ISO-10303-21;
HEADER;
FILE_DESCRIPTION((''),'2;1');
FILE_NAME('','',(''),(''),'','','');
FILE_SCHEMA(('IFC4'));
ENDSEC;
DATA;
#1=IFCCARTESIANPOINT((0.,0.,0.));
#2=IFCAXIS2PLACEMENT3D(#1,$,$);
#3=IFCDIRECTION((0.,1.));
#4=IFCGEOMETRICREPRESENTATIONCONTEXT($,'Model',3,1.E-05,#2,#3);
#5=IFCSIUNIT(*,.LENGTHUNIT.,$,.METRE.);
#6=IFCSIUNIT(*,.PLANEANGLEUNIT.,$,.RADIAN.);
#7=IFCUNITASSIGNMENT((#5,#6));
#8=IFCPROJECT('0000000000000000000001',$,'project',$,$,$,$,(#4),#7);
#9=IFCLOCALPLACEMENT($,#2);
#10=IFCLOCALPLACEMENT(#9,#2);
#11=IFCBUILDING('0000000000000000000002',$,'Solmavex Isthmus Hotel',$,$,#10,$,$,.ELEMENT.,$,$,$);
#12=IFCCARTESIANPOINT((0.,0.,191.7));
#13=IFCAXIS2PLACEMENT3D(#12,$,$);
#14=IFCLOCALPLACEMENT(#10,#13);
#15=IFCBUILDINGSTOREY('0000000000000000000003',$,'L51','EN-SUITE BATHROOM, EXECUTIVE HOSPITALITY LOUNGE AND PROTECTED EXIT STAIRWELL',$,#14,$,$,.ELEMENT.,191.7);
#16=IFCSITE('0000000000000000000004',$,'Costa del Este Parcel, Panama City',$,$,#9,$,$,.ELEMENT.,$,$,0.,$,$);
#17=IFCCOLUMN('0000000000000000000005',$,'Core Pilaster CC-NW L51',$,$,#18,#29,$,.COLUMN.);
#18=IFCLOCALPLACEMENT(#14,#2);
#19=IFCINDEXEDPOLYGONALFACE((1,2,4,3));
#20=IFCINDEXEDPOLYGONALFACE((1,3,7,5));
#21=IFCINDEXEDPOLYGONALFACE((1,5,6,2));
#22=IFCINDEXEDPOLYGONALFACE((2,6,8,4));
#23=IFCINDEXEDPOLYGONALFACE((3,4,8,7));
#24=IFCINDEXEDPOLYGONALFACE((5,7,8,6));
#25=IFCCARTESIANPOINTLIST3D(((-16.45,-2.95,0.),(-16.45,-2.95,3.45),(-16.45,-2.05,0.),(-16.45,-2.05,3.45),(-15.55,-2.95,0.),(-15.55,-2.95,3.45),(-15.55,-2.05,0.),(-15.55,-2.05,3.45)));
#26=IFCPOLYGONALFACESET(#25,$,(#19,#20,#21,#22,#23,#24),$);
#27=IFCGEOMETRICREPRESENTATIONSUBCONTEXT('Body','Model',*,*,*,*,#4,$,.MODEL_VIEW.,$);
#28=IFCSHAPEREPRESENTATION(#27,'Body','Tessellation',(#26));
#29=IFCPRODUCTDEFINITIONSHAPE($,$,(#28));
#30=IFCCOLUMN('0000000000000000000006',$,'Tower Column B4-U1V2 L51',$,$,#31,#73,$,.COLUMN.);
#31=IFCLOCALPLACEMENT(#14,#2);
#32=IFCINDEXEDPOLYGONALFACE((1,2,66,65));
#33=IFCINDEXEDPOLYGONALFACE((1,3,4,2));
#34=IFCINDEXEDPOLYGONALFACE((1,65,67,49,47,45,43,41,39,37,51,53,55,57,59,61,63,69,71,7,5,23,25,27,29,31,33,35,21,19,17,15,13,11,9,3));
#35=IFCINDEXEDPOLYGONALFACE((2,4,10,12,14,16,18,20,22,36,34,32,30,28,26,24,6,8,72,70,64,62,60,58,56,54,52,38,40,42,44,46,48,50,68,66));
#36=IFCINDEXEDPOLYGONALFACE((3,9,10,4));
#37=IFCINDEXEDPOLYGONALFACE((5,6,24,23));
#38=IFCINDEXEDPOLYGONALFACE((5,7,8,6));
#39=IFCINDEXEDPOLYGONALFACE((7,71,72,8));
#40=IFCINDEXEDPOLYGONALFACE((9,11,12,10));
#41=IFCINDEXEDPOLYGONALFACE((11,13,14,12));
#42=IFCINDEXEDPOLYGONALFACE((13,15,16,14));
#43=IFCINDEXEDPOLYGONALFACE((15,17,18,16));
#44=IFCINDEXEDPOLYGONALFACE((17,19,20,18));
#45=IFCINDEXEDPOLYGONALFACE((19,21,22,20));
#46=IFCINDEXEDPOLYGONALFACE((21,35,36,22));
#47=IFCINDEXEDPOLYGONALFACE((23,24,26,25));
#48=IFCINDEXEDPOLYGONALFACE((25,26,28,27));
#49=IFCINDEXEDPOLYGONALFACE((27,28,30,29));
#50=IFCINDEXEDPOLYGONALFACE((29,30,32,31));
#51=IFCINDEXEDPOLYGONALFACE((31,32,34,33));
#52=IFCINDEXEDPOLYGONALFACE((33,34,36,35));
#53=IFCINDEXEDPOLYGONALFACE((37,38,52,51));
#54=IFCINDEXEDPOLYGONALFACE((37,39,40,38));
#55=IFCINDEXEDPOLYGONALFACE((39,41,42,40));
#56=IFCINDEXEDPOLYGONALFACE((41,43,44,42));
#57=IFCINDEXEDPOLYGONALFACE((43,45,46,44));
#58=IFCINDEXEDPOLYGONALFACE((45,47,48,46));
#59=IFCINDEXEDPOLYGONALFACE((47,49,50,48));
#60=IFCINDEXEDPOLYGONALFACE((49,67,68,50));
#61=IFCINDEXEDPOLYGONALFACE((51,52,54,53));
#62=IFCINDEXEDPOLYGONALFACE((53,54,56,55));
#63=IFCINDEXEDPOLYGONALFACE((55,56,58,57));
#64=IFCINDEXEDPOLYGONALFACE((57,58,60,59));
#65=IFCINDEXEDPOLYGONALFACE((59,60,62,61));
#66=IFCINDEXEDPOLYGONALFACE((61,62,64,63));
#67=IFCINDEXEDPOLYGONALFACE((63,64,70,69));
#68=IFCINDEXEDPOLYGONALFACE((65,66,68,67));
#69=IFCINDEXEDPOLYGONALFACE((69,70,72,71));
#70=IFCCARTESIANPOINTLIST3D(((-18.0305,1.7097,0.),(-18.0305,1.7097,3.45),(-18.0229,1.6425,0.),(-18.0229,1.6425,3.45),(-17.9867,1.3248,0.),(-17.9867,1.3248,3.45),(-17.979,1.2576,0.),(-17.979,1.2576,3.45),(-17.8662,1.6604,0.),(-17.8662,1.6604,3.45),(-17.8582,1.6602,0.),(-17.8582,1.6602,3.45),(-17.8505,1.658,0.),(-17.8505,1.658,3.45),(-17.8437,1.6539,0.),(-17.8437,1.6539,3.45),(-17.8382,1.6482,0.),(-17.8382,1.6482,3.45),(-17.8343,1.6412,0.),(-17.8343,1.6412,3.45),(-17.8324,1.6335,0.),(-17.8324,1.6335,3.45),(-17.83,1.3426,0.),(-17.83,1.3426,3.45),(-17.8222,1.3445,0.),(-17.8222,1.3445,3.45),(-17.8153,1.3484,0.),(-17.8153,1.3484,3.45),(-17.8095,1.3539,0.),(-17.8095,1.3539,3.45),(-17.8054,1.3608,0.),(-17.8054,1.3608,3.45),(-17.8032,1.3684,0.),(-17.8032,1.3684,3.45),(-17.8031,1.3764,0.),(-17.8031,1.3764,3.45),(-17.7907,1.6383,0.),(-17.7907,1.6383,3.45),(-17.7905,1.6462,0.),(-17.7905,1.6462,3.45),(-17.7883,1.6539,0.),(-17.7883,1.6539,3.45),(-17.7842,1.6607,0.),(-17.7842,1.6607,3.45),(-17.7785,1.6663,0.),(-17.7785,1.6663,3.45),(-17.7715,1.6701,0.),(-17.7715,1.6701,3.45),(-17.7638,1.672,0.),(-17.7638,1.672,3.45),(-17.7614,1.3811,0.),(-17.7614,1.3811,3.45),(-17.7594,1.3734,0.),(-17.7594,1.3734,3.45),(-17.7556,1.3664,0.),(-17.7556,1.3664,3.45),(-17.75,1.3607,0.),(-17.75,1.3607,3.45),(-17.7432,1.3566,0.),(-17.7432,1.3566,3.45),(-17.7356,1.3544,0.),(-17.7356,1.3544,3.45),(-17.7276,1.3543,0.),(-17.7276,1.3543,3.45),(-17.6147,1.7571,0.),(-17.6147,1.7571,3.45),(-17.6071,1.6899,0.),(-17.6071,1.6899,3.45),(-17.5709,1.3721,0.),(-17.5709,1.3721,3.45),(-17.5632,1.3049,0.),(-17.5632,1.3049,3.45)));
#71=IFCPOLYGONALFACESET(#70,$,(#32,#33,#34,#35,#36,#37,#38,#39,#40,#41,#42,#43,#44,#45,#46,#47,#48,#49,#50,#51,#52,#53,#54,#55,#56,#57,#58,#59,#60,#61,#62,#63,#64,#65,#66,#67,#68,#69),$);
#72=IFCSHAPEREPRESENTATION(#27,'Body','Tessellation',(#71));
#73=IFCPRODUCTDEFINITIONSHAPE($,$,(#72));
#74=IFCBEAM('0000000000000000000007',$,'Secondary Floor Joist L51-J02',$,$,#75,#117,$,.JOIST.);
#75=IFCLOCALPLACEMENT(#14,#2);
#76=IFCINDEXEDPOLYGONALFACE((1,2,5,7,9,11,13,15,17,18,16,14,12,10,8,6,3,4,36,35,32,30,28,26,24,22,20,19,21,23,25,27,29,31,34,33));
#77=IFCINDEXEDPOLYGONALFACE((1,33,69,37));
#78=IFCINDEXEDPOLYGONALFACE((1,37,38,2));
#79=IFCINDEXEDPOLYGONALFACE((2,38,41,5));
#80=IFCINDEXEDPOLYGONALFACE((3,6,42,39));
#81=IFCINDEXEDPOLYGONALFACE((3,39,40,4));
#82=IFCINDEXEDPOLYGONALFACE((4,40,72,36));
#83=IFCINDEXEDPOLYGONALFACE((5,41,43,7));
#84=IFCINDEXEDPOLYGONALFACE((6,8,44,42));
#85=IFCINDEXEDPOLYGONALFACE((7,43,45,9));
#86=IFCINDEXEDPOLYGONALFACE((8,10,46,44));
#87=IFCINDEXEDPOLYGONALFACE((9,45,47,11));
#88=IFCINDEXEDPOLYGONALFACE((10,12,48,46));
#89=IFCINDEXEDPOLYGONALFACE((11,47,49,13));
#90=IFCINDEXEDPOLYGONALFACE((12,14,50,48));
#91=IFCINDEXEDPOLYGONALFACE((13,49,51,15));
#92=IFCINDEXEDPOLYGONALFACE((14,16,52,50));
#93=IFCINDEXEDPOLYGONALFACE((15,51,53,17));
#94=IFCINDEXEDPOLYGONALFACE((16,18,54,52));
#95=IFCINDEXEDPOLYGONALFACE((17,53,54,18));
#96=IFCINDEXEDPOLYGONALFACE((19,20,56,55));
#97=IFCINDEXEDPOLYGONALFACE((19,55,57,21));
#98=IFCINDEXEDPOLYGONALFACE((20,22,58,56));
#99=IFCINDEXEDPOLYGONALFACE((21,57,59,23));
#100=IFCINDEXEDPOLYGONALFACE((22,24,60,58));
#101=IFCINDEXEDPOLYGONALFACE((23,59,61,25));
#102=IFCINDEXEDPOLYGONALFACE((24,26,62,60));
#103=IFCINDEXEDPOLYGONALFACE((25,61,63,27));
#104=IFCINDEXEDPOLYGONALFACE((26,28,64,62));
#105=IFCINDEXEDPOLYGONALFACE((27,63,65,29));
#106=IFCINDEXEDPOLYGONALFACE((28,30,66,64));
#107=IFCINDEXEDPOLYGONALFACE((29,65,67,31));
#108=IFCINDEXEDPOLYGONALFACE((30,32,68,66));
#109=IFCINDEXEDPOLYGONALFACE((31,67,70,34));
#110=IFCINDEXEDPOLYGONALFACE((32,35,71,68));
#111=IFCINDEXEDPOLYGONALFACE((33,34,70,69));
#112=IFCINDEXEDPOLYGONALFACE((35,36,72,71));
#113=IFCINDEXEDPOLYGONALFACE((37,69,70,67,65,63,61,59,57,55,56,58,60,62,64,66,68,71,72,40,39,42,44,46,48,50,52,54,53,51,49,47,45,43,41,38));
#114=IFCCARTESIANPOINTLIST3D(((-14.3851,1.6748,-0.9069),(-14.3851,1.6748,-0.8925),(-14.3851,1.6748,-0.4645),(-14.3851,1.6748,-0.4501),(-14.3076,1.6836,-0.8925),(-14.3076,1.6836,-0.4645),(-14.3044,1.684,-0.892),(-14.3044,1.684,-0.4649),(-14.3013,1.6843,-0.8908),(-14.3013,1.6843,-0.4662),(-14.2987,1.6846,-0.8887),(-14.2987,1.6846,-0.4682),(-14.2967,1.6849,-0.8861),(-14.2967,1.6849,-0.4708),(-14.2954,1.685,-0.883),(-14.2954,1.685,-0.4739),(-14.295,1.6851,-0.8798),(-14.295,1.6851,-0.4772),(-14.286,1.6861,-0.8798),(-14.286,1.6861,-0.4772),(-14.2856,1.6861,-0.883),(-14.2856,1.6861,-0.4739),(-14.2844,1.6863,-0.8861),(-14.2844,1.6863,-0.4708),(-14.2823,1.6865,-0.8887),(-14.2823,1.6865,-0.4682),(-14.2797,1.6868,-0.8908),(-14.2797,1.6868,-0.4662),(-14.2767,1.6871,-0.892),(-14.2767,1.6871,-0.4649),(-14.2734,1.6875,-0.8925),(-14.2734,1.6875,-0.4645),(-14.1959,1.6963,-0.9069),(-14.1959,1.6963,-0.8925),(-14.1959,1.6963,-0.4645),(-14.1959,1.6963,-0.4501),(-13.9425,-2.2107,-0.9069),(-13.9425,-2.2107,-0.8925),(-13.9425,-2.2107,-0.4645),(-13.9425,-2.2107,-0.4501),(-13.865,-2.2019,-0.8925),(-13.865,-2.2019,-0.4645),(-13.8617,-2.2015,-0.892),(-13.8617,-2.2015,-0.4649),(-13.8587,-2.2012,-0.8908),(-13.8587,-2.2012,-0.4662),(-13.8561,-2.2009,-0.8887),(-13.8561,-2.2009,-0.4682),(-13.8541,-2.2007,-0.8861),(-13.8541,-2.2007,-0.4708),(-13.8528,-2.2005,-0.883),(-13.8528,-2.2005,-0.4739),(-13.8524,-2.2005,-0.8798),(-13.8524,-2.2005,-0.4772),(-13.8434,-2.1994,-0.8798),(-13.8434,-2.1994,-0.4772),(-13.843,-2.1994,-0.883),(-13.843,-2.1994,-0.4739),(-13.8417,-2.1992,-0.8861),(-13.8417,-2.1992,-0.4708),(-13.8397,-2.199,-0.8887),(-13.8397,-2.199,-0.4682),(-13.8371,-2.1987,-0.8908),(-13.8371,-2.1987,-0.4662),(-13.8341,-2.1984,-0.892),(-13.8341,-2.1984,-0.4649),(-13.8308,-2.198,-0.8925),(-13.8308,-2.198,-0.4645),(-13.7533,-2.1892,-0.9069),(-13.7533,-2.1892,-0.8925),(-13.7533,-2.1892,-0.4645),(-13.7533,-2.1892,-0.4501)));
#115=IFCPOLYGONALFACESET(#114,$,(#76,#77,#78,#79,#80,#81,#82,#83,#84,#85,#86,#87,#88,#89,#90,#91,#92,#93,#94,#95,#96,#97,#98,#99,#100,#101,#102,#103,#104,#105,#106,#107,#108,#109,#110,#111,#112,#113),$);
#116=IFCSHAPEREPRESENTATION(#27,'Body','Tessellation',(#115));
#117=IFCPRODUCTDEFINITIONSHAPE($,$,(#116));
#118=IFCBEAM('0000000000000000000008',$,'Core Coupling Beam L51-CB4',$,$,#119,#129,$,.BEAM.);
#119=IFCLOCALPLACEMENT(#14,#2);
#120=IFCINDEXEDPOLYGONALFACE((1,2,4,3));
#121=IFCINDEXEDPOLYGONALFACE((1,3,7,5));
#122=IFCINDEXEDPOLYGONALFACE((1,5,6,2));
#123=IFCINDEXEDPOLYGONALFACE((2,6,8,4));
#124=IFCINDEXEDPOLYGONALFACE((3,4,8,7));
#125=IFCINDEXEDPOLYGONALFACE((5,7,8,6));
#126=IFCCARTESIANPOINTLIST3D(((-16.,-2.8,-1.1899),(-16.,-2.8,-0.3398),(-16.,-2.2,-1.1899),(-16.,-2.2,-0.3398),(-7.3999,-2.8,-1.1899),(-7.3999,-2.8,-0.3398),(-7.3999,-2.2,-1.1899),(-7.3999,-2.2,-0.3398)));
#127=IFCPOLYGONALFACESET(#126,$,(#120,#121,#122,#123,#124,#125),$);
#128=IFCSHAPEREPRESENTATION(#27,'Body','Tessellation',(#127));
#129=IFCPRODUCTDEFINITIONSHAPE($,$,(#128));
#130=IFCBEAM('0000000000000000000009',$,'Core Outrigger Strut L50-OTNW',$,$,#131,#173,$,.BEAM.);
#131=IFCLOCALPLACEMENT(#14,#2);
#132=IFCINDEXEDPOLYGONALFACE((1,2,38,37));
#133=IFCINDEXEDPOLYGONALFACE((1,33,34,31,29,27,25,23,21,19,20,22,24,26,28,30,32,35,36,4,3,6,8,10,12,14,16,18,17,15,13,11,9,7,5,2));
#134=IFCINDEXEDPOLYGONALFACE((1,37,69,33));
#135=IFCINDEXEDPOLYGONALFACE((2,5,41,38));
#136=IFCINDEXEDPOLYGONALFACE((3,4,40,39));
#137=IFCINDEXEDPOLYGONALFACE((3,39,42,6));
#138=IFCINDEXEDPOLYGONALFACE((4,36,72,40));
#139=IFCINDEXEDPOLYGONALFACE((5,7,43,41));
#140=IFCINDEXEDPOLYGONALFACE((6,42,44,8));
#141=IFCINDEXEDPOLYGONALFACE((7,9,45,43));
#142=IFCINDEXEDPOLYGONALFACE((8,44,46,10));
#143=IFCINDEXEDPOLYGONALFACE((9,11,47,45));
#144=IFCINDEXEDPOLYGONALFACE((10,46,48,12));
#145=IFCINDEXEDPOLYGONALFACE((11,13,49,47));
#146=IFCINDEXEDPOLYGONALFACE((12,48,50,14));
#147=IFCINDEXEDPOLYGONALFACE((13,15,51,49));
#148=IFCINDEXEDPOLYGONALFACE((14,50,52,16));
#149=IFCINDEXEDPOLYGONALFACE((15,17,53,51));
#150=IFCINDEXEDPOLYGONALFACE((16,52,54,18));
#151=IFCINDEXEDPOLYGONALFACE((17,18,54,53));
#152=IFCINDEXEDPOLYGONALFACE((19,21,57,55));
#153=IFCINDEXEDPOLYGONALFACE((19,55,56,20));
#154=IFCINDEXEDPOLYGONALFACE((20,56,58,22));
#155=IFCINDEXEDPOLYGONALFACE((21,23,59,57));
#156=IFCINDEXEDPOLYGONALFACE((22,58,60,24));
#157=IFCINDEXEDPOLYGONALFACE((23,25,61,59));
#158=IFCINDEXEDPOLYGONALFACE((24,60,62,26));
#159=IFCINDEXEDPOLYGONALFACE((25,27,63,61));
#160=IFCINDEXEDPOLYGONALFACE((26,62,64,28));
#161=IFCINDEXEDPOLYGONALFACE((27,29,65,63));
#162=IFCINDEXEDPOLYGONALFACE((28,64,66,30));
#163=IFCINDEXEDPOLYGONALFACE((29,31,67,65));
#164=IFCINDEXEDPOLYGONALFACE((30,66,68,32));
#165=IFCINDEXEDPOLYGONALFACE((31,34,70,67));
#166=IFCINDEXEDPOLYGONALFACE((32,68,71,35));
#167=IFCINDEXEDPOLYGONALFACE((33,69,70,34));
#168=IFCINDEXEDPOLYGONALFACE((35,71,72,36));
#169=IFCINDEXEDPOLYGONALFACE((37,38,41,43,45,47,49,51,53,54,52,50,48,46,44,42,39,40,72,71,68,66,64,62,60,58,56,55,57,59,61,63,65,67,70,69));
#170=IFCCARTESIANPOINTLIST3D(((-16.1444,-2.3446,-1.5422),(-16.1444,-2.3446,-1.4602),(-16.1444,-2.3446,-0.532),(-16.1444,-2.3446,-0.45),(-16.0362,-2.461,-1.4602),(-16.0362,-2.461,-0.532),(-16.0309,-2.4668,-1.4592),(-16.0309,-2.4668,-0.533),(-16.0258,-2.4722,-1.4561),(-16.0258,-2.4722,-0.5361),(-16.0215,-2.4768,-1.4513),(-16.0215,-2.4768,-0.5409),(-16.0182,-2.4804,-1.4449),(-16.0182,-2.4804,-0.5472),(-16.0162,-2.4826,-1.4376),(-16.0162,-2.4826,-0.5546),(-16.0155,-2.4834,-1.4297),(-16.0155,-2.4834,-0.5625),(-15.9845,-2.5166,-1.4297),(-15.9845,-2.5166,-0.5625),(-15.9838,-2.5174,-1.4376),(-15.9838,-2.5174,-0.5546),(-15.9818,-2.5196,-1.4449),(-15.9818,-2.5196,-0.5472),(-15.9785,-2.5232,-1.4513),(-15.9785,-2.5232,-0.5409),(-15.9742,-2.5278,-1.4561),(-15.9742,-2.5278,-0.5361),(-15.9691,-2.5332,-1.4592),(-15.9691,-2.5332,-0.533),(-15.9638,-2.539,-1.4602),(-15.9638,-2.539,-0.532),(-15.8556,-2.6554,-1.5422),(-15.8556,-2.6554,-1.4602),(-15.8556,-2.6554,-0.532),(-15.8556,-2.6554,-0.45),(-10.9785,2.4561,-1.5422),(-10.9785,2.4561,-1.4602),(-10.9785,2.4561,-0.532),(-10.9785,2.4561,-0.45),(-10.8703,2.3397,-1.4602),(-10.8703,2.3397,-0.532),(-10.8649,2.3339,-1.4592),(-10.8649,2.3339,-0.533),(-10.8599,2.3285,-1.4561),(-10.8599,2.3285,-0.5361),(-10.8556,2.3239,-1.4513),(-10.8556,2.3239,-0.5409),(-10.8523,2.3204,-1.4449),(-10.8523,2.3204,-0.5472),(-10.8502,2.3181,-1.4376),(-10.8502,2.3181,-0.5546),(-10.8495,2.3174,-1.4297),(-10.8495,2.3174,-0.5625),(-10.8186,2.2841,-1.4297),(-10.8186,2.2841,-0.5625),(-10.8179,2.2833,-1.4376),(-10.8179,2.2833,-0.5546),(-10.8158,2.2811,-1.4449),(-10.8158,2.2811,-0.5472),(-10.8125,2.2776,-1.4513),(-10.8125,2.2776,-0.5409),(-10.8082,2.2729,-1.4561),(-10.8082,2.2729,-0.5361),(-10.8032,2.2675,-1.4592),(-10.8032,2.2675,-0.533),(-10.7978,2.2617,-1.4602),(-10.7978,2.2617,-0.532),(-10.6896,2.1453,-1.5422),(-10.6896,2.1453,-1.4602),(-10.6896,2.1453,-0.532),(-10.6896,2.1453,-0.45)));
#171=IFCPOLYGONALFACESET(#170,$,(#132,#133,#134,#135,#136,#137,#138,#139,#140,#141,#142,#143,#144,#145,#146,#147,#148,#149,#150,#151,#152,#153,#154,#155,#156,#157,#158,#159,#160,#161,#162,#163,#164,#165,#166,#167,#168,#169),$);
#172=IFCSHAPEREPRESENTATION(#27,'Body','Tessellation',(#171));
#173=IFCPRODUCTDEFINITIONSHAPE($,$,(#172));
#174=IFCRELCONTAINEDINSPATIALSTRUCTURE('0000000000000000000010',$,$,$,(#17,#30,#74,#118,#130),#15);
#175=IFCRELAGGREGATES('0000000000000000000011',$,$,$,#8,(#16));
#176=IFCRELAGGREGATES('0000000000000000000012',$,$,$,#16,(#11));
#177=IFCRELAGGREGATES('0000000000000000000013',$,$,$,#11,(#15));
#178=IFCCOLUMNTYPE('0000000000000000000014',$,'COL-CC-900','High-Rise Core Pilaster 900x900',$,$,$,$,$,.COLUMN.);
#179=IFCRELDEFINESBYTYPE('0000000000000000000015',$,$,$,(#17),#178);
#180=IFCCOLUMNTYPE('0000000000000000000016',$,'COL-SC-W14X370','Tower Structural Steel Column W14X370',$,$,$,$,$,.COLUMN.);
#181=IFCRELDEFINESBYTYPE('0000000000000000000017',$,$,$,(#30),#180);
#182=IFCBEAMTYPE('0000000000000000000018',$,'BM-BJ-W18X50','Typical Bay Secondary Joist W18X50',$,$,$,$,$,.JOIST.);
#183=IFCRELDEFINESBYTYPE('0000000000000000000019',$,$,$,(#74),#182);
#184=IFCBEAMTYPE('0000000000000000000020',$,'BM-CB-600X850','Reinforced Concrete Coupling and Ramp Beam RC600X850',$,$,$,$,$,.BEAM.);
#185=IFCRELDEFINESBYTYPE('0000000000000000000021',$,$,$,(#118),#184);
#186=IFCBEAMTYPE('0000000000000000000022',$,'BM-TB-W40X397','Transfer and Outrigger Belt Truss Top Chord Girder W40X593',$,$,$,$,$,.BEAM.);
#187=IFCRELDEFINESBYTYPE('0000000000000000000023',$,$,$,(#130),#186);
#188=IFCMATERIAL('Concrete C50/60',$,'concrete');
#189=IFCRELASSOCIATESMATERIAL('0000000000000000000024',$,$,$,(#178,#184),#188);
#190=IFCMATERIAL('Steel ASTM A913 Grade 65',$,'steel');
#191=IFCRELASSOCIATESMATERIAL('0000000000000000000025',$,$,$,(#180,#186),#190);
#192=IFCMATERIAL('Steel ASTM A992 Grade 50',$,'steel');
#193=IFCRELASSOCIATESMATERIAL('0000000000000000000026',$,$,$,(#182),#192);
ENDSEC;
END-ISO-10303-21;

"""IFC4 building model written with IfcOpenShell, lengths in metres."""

from ifc_helpers import new_model, si_unit, direction, frame, origin, origin_2d, place, context, subcontext, project, spatial, rectangle, i_section, extrude, material, material_profile, profile_set, type_object, element, save


model = new_model("IFC4")

# Units and contexts
model_context = context("Model", 3, precision=1e-05, world=origin(), true_north=direction((0.0, 1.0)))
body_context = subcontext(model_context, "Body", "Model", "MODEL_VIEW")
ifc_project = project(units=[si_unit("LENGTHUNIT", "METRE"), si_unit("PLANEANGLEUNIT", "RADIAN")], contexts=[model_context])

# Site, building, storey
site_placement = place(None, origin())
site = spatial("IfcSite", under=ifc_project, at=site_placement, Name="Costa del Este Parcel, Panama City", CompositionType="ELEMENT", RefElevation=0.0)
building_placement = place(site_placement, origin())
building = spatial("IfcBuilding", under=site, at=building_placement, Name="Solmavex Isthmus Hotel", CompositionType="ELEMENT")
storey_placement = place(building_placement, frame((0.0, 0.0, 191.7)))
storey = spatial("IfcBuildingStorey", under=building, at=storey_placement, Name="L51", Description="EN-SUITE BATHROOM, EXECUTIVE HOSPITALITY LOUNGE AND PROTECTED EXIT STAIRWELL", CompositionType="ELEMENT", Elevation=191.7)

# Columns
ifc_material_1 = material(Name="Concrete C50/60", Category="concrete")
ifc_material_profile_1 = material_profile(ifc_material_1, rectangle(XDim=0.8999, YDim=0.8999, at=origin_2d()), Name="RC900X900")
ifc_profile_set_1 = profile_set([ifc_material_profile_1], Name="Concrete C50/60")
column_type_1 = type_object("IfcColumnType", Name="COL-CC-900", Description="High-Rise Core Pilaster 900x900", PredefinedType="COLUMN", material=ifc_profile_set_1)
column_1_placement = place(storey_placement, frame((-16.0, -2.5, 0.0), z_axis=(0.0, 0.0, 1.0), x_axis=(1.0, 0.0, 0.0)))
element("IfcColumn", 1, at=column_1_placement, inside=storey, type_object=column_type_1, Name="Core Pilaster CC-NW L51", PredefinedType="COLUMN", context=body_context, shape_type="SweptSolid", body=[
    extrude(rectangle(XDim=0.8999, YDim=0.8999, at=origin_2d()), origin(), (0.0, 0.0, 1.0), 3.45),
])
ifc_material_2 = material(Name="Steel ASTM A913 Grade 65", Category="steel")
ifc_material_profile_2 = material_profile(ifc_material_2, i_section(OverallWidth=0.4185, OverallDepth=0.4551, WebThickness=0.042, FlangeThickness=0.0676, FilletRadius=0.0305, at=origin_2d()), Name="W14X370")
ifc_profile_set_2 = profile_set([ifc_material_profile_2], Name="Steel ASTM A913 Grade 65")
column_type_2 = type_object("IfcColumnType", Name="COL-SC-W14X370", Description="Tower Structural Steel Column W14X370", PredefinedType="COLUMN", material=ifc_profile_set_2)
column_2_placement = place(storey_placement, frame((-17.7969, 1.5073, 0.0), z_axis=(0.0, 0.0, 1.0), x_axis=(0.993572, 0.113203, 0.0)))
element("IfcColumn", 2, at=column_2_placement, inside=storey, type_object=column_type_2, Name="Tower Column B4-U1V2 L51", PredefinedType="COLUMN", context=body_context, shape_type="SweptSolid", body=[
    extrude(i_section(OverallWidth=0.4185, OverallDepth=0.4551, WebThickness=0.042, FlangeThickness=0.0676, FilletRadius=0.0305, at=origin_2d()), origin(), (0.0, 0.0, 1.0), 3.45),
])

# Beams
ifc_material_3 = material(Name="Steel ASTM A992 Grade 50", Category="steel")
ifc_material_profile_3 = material_profile(ifc_material_3, i_section(OverallWidth=0.1904, OverallDepth=0.4568, WebThickness=0.009, FlangeThickness=0.0144, FilletRadius=0.0127, at=origin_2d()), Name="W18X50")
ifc_profile_set_3 = profile_set([ifc_material_profile_3], Name="Steel ASTM A992 Grade 50")
beam_type_1 = type_object("IfcBeamType", Name="BM-BJ-W18X50", Description="Typical Bay Secondary Joist W18X50", PredefinedType="JOIST", material=ifc_profile_set_3)
beam_1_placement = place(storey_placement, frame((-13.8479, -2.2, -0.6785), z_axis=(-0.113186, 0.993574, 0.0), x_axis=(-0.993574, -0.113186, 0.0)))
element("IfcBeam", 3, at=beam_1_placement, inside=storey, type_object=beam_type_1, Name="Secondary Floor Joist L51-J02", PredefinedType="JOIST", context=body_context, shape_type="SweptSolid", body=[
    extrude(i_section(OverallWidth=0.1904, OverallDepth=0.4568, WebThickness=0.009, FlangeThickness=0.0144, FilletRadius=0.0127, at=origin_2d()), origin(), (0.0, 0.0, 1.0), 3.9106),
])
ifc_material_profile_4 = material_profile(ifc_material_1, rectangle(XDim=0.6001, YDim=0.8501, at=origin_2d()), Name="RC600X850")
ifc_profile_set_4 = profile_set([ifc_material_profile_4], Name="Concrete C50/60")
beam_type_2 = type_object("IfcBeamType", Name="BM-CB-600X850", Description="Reinforced Concrete Coupling and Ramp Beam RC600X850", PredefinedType="BEAM", material=ifc_profile_set_4)
beam_2_placement = place(storey_placement, frame((-16.0, -2.5, -0.7649), z_axis=(1.0, 0.0, 0.0), x_axis=(0.0, 1.0, 0.0)))
element("IfcBeam", 4, at=beam_2_placement, inside=storey, type_object=beam_type_2, Name="Core Coupling Beam L51-CB4", PredefinedType="BEAM", context=body_context, shape_type="SweptSolid", body=[
    extrude(rectangle(XDim=0.6001, YDim=0.8501, at=origin_2d()), origin(), (0.0, 0.0, 1.0), 8.6001),
])
ifc_material_profile_5 = material_profile(ifc_material_2, i_section(OverallWidth=0.4243, OverallDepth=1.0923, WebThickness=0.0454, FlangeThickness=0.082, FilletRadius=0.0305, at=origin_2d()), Name="W40X593")
ifc_profile_set_5 = profile_set([ifc_material_profile_5], Name="Steel ASTM A913 Grade 65")
beam_type_3 = type_object("IfcBeamType", Name="BM-TB-W40X397", Description="Transfer and Outrigger Belt Truss Top Chord Girder W40X593", PredefinedType="BEAM", material=ifc_profile_set_5)
beam_3_placement = place(storey_placement, frame((-16.0, -2.5, -0.9961), z_axis=(0.732527, 0.680738, 0.0), x_axis=(-0.680738, 0.732527, 0.0)))
element("IfcBeam", 5, at=beam_3_placement, inside=storey, type_object=beam_type_3, Name="Core Outrigger Strut L50-OTNW", PredefinedType="BEAM", context=body_context, shape_type="SweptSolid", body=[
    extrude(i_section(OverallWidth=0.4243, OverallDepth=1.0923, WebThickness=0.0454, FlangeThickness=0.082, FilletRadius=0.0305, at=origin_2d()), origin(), (0.0, 0.0, 1.0), 7.0522),
])

save(model, "model.ifc")
